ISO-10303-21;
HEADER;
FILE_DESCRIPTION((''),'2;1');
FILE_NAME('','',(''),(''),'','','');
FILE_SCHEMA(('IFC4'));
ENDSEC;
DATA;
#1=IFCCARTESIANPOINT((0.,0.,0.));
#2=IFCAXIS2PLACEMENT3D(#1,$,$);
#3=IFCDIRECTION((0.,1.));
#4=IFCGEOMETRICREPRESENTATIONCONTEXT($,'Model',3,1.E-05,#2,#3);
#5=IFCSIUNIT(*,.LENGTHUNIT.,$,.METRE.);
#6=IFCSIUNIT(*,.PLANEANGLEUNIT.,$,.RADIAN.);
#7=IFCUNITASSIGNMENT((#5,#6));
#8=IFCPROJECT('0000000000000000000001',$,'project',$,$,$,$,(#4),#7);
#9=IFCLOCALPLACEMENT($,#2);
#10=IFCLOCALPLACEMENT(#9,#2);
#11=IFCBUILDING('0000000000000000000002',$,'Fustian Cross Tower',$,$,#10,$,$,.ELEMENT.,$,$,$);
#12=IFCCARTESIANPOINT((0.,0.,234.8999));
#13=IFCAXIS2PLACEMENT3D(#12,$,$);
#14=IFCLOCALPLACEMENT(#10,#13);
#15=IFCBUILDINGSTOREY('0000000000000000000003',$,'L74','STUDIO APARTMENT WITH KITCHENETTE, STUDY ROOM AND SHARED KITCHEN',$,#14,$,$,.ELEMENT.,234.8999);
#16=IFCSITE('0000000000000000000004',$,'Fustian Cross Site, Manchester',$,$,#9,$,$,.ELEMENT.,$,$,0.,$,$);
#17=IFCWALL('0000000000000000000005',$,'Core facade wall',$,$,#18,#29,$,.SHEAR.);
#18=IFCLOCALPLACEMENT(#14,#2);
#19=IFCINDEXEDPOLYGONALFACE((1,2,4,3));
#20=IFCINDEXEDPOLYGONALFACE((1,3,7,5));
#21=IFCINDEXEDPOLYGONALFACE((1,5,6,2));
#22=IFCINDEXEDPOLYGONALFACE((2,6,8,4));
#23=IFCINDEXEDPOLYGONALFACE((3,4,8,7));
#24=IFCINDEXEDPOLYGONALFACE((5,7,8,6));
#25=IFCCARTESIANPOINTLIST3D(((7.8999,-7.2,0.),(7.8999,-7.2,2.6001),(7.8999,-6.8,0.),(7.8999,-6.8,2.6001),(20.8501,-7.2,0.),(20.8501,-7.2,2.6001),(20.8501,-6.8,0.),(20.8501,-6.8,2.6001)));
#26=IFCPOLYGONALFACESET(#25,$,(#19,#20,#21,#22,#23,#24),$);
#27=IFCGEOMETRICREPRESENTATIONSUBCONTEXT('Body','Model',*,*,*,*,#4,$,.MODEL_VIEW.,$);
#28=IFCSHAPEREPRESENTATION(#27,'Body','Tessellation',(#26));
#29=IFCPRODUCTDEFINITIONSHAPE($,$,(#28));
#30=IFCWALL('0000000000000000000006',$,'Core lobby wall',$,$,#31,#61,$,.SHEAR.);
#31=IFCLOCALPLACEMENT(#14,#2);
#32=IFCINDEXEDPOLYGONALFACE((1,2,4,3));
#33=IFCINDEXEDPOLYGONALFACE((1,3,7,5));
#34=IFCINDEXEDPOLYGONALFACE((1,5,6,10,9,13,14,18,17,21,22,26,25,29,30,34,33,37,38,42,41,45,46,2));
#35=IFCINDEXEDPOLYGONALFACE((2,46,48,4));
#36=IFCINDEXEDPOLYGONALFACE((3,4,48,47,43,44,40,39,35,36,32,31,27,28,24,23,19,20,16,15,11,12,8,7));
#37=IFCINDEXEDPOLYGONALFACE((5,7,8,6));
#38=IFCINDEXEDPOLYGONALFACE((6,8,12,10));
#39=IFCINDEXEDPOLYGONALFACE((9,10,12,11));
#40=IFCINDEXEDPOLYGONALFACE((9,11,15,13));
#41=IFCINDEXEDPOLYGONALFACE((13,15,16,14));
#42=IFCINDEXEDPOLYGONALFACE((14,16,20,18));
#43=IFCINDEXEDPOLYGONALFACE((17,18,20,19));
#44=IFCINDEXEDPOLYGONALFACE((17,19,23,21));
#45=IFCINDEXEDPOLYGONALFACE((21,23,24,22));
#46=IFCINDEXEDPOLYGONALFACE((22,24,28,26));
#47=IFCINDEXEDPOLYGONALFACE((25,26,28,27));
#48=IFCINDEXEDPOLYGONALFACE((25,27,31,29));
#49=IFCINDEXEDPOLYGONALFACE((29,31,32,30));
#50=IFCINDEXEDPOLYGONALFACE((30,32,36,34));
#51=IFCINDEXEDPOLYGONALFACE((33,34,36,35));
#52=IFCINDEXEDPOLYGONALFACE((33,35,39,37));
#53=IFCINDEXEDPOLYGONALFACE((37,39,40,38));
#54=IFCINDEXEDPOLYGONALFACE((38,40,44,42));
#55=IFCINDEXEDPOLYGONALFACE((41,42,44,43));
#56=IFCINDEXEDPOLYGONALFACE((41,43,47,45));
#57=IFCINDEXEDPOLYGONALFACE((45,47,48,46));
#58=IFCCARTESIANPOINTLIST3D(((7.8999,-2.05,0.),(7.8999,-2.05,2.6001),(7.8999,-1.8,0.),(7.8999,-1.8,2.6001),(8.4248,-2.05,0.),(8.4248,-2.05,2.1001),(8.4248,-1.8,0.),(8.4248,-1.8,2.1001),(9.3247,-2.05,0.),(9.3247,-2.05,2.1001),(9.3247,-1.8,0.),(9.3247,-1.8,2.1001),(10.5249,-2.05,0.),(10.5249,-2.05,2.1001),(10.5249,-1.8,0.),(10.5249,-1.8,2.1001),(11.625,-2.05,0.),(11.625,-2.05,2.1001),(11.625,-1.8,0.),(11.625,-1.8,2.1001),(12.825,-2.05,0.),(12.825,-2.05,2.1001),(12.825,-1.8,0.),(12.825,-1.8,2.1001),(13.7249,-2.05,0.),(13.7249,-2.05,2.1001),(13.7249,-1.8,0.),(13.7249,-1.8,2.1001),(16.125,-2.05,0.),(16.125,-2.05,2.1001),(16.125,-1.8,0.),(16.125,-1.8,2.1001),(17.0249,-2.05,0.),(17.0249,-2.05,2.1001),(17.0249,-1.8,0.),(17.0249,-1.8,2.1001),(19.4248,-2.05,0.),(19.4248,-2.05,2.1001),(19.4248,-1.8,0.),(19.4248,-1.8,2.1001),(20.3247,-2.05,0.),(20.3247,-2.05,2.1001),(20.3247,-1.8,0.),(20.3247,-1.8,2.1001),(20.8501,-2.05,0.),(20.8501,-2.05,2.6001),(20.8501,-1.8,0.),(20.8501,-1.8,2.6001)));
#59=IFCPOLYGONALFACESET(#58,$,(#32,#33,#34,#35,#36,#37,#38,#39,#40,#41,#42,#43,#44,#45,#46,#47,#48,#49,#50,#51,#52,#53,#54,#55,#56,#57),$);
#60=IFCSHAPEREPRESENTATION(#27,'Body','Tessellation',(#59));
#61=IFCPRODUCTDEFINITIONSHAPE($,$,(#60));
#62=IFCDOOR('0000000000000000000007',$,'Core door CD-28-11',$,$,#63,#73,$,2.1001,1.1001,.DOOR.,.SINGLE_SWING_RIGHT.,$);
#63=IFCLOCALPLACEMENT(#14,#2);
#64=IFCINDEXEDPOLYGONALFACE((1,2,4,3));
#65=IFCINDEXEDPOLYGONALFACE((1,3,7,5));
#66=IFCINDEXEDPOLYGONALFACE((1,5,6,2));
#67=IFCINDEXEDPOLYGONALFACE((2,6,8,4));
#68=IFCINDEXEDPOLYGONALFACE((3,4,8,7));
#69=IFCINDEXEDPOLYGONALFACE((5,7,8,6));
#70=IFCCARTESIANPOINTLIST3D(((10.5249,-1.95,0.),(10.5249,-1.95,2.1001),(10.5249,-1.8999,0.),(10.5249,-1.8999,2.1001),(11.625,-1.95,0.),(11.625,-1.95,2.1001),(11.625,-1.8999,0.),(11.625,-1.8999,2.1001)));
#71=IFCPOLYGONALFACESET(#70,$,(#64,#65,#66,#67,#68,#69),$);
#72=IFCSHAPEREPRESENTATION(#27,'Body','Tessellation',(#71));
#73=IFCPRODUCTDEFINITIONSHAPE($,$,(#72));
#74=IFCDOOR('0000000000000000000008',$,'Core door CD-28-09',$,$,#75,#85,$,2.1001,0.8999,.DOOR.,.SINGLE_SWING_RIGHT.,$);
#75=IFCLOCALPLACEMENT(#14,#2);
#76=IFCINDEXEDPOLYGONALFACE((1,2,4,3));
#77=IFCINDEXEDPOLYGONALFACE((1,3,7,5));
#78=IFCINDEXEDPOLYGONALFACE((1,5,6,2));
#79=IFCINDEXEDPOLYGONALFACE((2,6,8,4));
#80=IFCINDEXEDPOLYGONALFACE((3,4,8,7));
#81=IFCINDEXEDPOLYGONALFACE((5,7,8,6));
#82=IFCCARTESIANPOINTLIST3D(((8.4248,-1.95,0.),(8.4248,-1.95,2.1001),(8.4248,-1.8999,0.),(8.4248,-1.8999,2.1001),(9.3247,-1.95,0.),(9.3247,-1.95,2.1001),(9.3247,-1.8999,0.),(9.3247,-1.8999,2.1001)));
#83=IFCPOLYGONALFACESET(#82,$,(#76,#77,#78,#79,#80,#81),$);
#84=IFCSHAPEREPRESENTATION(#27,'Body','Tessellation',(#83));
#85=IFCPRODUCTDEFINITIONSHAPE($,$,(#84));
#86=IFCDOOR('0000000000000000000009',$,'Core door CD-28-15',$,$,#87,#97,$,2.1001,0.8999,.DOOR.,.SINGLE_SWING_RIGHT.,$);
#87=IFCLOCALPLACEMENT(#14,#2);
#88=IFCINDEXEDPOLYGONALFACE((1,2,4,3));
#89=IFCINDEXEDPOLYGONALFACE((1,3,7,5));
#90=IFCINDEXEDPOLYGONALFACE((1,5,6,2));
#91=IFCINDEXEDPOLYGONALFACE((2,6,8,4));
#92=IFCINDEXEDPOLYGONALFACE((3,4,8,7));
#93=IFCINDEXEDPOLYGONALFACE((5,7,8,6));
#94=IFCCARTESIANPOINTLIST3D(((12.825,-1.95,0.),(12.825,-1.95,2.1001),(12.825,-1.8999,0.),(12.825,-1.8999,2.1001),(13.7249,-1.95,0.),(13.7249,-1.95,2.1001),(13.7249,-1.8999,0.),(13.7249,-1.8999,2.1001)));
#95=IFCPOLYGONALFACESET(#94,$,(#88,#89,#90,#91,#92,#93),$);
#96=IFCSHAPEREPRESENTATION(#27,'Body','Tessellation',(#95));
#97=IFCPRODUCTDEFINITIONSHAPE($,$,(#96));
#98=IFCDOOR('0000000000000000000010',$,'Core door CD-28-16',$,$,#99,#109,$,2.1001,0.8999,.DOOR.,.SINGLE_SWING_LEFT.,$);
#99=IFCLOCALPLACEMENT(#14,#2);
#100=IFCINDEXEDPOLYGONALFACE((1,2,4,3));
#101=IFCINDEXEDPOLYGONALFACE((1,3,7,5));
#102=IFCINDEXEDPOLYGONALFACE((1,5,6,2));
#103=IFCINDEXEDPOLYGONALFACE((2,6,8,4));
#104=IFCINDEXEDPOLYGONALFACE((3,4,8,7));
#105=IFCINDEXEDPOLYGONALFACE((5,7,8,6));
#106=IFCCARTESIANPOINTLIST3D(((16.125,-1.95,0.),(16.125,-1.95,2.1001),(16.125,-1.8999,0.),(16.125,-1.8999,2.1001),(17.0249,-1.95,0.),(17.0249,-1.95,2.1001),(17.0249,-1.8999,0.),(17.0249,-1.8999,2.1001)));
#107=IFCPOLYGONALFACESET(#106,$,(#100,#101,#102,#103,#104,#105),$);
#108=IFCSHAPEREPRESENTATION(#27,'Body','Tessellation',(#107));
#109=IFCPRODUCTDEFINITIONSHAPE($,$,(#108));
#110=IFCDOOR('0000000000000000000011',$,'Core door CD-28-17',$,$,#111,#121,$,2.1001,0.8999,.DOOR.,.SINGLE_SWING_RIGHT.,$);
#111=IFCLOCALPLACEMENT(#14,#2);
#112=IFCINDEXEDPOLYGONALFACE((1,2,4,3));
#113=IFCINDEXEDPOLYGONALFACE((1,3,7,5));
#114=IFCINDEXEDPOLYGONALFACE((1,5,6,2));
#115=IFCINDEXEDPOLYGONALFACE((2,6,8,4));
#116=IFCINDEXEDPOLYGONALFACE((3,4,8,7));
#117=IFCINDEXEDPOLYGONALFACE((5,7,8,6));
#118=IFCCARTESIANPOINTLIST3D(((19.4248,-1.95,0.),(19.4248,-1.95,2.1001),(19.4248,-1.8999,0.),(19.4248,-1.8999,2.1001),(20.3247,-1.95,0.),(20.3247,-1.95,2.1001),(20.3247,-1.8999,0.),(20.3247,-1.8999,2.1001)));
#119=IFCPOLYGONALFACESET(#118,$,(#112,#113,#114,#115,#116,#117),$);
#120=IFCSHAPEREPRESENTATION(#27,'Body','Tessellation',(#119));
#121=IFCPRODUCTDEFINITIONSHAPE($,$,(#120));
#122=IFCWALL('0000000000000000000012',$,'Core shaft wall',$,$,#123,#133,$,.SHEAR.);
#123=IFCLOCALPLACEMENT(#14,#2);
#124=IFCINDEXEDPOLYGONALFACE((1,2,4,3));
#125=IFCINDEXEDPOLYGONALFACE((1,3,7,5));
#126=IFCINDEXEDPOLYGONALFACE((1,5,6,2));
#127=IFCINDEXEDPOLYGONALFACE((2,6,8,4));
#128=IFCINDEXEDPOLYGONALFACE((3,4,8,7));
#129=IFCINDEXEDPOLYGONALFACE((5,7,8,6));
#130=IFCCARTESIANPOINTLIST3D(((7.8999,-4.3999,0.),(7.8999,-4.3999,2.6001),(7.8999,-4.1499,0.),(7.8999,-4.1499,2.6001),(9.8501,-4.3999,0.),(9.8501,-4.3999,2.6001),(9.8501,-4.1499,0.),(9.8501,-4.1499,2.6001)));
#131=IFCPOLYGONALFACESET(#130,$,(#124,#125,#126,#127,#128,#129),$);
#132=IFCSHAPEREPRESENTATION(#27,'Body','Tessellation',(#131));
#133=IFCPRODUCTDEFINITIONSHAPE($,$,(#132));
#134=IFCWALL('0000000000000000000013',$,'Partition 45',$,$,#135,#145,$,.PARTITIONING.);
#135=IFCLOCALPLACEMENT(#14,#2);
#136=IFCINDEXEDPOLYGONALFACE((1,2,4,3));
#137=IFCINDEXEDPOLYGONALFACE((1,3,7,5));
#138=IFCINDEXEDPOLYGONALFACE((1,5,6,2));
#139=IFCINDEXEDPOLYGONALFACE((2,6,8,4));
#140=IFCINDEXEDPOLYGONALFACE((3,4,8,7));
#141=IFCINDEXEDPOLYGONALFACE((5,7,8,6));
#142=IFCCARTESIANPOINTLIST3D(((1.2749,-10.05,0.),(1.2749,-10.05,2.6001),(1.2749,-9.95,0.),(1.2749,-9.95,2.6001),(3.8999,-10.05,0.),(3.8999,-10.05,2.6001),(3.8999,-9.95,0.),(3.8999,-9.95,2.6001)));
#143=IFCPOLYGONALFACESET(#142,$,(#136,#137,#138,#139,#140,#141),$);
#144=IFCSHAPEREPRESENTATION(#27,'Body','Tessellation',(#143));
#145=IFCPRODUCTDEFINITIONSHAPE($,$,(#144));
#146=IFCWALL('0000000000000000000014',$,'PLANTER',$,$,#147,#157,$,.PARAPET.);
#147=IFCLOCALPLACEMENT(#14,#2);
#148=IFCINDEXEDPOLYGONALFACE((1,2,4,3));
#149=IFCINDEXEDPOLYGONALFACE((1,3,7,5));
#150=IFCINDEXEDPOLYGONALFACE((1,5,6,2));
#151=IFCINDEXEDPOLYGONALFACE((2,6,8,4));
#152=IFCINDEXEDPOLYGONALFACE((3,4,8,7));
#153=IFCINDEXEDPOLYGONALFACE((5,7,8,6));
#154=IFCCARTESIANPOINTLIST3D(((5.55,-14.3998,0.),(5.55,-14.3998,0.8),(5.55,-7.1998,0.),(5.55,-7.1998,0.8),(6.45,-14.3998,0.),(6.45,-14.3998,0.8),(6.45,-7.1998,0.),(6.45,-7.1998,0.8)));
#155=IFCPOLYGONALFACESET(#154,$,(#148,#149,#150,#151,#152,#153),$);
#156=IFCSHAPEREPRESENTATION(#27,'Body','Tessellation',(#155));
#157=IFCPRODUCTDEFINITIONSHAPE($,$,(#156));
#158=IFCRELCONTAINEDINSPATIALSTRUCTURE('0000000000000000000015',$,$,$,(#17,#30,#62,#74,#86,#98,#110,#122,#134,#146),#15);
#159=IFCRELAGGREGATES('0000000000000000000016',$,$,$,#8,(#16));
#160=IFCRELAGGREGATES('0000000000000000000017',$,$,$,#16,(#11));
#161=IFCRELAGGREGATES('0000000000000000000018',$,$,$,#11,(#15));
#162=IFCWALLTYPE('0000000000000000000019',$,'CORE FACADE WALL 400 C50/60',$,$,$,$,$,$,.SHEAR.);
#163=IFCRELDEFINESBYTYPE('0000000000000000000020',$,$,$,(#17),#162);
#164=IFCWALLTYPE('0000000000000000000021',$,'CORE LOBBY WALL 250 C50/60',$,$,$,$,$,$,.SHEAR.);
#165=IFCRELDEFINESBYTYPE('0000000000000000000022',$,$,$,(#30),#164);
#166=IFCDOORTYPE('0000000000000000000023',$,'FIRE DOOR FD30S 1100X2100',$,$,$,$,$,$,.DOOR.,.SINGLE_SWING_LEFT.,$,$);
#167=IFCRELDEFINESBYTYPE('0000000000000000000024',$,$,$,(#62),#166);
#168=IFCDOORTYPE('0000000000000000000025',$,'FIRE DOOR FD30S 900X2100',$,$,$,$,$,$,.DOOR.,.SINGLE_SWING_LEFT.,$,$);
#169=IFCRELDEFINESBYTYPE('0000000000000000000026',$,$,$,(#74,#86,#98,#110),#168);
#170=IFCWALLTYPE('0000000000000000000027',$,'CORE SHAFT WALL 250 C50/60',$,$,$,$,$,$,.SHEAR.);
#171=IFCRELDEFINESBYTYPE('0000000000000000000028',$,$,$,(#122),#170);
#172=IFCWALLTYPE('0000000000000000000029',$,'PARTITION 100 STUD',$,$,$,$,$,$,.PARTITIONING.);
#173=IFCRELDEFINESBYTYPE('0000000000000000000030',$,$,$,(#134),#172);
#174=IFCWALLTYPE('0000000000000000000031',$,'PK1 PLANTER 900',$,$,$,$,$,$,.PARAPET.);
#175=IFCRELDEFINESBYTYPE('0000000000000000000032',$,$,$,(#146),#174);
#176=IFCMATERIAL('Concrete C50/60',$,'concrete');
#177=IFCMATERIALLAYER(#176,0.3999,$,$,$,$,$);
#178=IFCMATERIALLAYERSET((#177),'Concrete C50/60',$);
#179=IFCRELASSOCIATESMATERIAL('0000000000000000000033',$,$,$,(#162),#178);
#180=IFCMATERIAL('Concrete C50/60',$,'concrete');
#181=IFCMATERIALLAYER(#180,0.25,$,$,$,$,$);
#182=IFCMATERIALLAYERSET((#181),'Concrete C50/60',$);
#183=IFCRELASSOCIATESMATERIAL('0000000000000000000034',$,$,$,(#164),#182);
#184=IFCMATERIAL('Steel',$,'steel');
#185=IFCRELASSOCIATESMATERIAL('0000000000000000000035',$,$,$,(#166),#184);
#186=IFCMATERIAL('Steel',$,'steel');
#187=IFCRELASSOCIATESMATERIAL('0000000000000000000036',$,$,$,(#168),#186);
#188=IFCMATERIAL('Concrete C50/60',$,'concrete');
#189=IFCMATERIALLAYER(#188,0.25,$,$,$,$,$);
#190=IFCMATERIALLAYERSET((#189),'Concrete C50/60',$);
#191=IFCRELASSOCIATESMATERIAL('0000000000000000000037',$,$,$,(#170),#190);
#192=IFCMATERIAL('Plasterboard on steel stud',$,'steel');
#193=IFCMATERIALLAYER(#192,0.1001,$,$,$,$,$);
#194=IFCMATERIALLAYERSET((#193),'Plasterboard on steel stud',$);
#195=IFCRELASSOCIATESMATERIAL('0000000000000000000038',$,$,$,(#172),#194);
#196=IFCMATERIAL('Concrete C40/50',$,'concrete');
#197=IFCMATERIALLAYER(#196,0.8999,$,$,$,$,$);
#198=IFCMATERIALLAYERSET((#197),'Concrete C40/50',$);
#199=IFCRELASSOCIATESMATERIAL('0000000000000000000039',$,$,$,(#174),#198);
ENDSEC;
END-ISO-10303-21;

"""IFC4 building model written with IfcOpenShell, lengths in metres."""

from ifc_helpers import new_model, si_unit, direction, frame, frame_2d, origin, place, context, subcontext, project, spatial, rectangle, extrude, material, layer, layer_set, type_object, element, fill, save


model = new_model("IFC4")

# Units and contexts
model_context = context("Model", 3, precision=1e-05, world=origin(), true_north=direction((0.0, 1.0)))
body_context = subcontext(model_context, "Body", "Model", "MODEL_VIEW")
ifc_project = project(units=[si_unit("LENGTHUNIT", "METRE"), si_unit("PLANEANGLEUNIT", "RADIAN")], contexts=[model_context])

# Site, building, storey
site_placement = place(None, origin())
site = spatial("IfcSite", under=ifc_project, at=site_placement, Name="Fustian Cross Site, Manchester", CompositionType="ELEMENT", RefElevation=0.0)
building_placement = place(site_placement, origin())
building = spatial("IfcBuilding", under=site, at=building_placement, Name="Fustian Cross Tower", CompositionType="ELEMENT")
storey_placement = place(building_placement, frame((0.0, 0.0, 234.8999)))
storey = spatial("IfcBuildingStorey", under=building, at=storey_placement, Name="L74", Description="STUDIO APARTMENT WITH KITCHENETTE, STUDY ROOM AND SHARED KITCHEN", CompositionType="ELEMENT", Elevation=234.8999)

# Wall
ifc_material_1 = material(Name="Concrete C50/60", Category="concrete")
ifc_layer_1 = layer(ifc_material_1, 0.3999)
ifc_layer_set_1 = layer_set([ifc_layer_1], Name="Concrete C50/60")
wall_type_1 = type_object("IfcWallType", Name="CORE FACADE WALL 400 C50/60", PredefinedType="SHEAR", material=ifc_layer_set_1)
wall_1_placement = place(storey_placement, frame((7.8999, -7.0, 0.0), z_axis=(0.0, 0.0, 1.0), x_axis=(1.0, 0.0, 0.0)))
element("IfcWall", 1, at=wall_1_placement, inside=storey, type_object=wall_type_1, Name="Core facade wall", PredefinedType="SHEAR", context=body_context, shape_type="SweptSolid", body=[
    extrude(rectangle(XDim=12.9502, YDim=0.3999, at=frame_2d((6.4751, 0.0))), origin(), (0.0, 0.0, 1.0), 2.6001),
])

# Wall, openings, doors
ifc_material_2 = material(Name="Concrete C50/60", Category="concrete")
ifc_layer_2 = layer(ifc_material_2, 0.25)
ifc_layer_set_2 = layer_set([ifc_layer_2], Name="Concrete C50/60")
wall_type_2 = type_object("IfcWallType", Name="CORE LOBBY WALL 250 C50/60", PredefinedType="SHEAR", material=ifc_layer_set_2)
wall_2_placement = place(storey_placement, frame((7.8999, -1.925, 0.0), z_axis=(0.0, 0.0, 1.0), x_axis=(1.0, 0.0, 0.0)))
wall_2 = element("IfcWall", 2, at=wall_2_placement, inside=storey, type_object=wall_type_2, Name="Core lobby wall", PredefinedType="SHEAR", context=body_context, shape_type="SweptSolid", body=[
    extrude(rectangle(XDim=12.9502, YDim=0.25, at=frame_2d((6.4751, 0.0))), origin(), (0.0, 0.0, 1.0), 2.6001),
])
opening_1_placement = place(wall_2_placement, frame((0.5249, 0.0, 0.0)))
opening_1 = element("IfcOpeningElement", 3, at=opening_1_placement, cuts=wall_2, PredefinedType="OPENING", context=body_context, shape_type="SweptSolid", body=[
    extrude(rectangle(XDim=0.8999, YDim=2.1001, at=frame_2d((0.45, 1.05))), frame((0.0, 0.135, 0.0), z_axis=(0.0, -1.0, 0.0), x_axis=(1.0, 0.0, 0.0)), (0.0, 0.0, 1.0), 0.27),
])
opening_2_placement = place(wall_2_placement, frame((2.625, 0.0, 0.0)))
opening_2 = element("IfcOpeningElement", 4, at=opening_2_placement, cuts=wall_2, PredefinedType="OPENING", context=body_context, shape_type="SweptSolid", body=[
    extrude(rectangle(XDim=1.1001, YDim=2.1001, at=frame_2d((0.55, 1.05))), frame((0.0, 0.135, 0.0), z_axis=(0.0, -1.0, 0.0), x_axis=(1.0, 0.0, 0.0)), (0.0, 0.0, 1.0), 0.27),
])
opening_3_placement = place(wall_2_placement, frame((4.925, 0.0, 0.0)))
opening_3 = element("IfcOpeningElement", 5, at=opening_3_placement, cuts=wall_2, PredefinedType="OPENING", context=body_context, shape_type="SweptSolid", body=[
    extrude(rectangle(XDim=0.8999, YDim=2.1001, at=frame_2d((0.45, 1.05))), frame((0.0, 0.135, 0.0), z_axis=(0.0, -1.0, 0.0), x_axis=(1.0, 0.0, 0.0)), (0.0, 0.0, 1.0), 0.27),
])
opening_4_placement = place(wall_2_placement, frame((8.2251, 0.0, 0.0)))
opening_4 = element("IfcOpeningElement", 6, at=opening_4_placement, cuts=wall_2, PredefinedType="OPENING", context=body_context, shape_type="SweptSolid", body=[
    extrude(rectangle(XDim=0.8999, YDim=2.1001, at=frame_2d((0.45, 1.05))), frame((0.0, 0.135, 0.0), z_axis=(0.0, -1.0, 0.0), x_axis=(1.0, 0.0, 0.0)), (0.0, 0.0, 1.0), 0.27),
])
opening_5_placement = place(wall_2_placement, frame((11.5249, 0.0, 0.0)))
opening_5 = element("IfcOpeningElement", 7, at=opening_5_placement, cuts=wall_2, PredefinedType="OPENING", context=body_context, shape_type="SweptSolid", body=[
    extrude(rectangle(XDim=0.8999, YDim=2.1001, at=frame_2d((0.45, 1.05))), frame((0.0, 0.135, 0.0), z_axis=(0.0, -1.0, 0.0), x_axis=(1.0, 0.0, 0.0)), (0.0, 0.0, 1.0), 0.27),
])
ifc_material_3 = material(Name="Steel", Category="steel")
door_type_1 = type_object("IfcDoorType", Name="FIRE DOOR FD30S 1100X2100", OperationType="SINGLE_SWING_LEFT", PredefinedType="DOOR", material=ifc_material_3)
door_1_placement = place(opening_2_placement, frame((1.1001, 0.0, 0.0), z_axis=(0.0, 0.0, 1.0), x_axis=(-1.0, 0.0, 0.0)))
door_1 = element("IfcDoor", 8, at=door_1_placement, inside=storey, type_object=door_type_1, Name="Core door CD-28-11", OperationType="SINGLE_SWING_RIGHT", OverallHeight=2.1001, OverallWidth=1.1001, PredefinedType="DOOR", context=body_context, shape_type="SweptSolid", body=[
    extrude(rectangle(XDim=1.1001, YDim=2.1001, at=frame_2d((0.55, 1.05))), frame((0.0, 0.0249, 0.0), z_axis=(0.0, -1.0, 0.0), x_axis=(1.0, 0.0, 0.0)), (0.0, 0.0, 1.0), 0.05),
])
fill(opening_2, door_1)
ifc_material_4 = material(Name="Steel", Category="steel")
door_type_2 = type_object("IfcDoorType", Name="FIRE DOOR FD30S 900X2100", OperationType="SINGLE_SWING_LEFT", PredefinedType="DOOR", material=ifc_material_4)
door_2_placement = place(opening_1_placement, frame((0.8999, 0.0, 0.0), z_axis=(0.0, 0.0, 1.0), x_axis=(-1.0, 0.0, 0.0)))
door_2 = element("IfcDoor", 9, at=door_2_placement, inside=storey, type_object=door_type_2, Name="Core door CD-28-09", OperationType="SINGLE_SWING_RIGHT", OverallHeight=2.1001, OverallWidth=0.8999, PredefinedType="DOOR", context=body_context, shape_type="SweptSolid", body=[
    extrude(rectangle(XDim=0.8999, YDim=2.1001, at=frame_2d((0.45, 1.05))), frame((0.0, 0.0249, 0.0), z_axis=(0.0, -1.0, 0.0), x_axis=(1.0, 0.0, 0.0)), (0.0, 0.0, 1.0), 0.05),
])
fill(opening_1, door_2)
door_3_placement = place(opening_3_placement, frame((0.8999, 0.0, 0.0), z_axis=(0.0, 0.0, 1.0), x_axis=(-1.0, 0.0, 0.0)))
door_3 = element("IfcDoor", 10, at=door_3_placement, inside=storey, type_object=door_type_2, Name="Core door CD-28-15", OperationType="SINGLE_SWING_RIGHT", OverallHeight=2.1001, OverallWidth=0.8999, PredefinedType="DOOR", context=body_context, shape_type="SweptSolid", body=[
    extrude(rectangle(XDim=0.8999, YDim=2.1001, at=frame_2d((0.45, 1.05))), frame((0.0, 0.0249, 0.0), z_axis=(0.0, -1.0, 0.0), x_axis=(1.0, 0.0, 0.0)), (0.0, 0.0, 1.0), 0.05),
])
fill(opening_3, door_3)
door_4_placement = place(opening_4_placement, frame((0.8999, 0.0, 0.0), z_axis=(0.0, 0.0, 1.0), x_axis=(-1.0, 0.0, 0.0)))
door_4 = element("IfcDoor", 11, at=door_4_placement, inside=storey, type_object=door_type_2, Name="Core door CD-28-16", OperationType="SINGLE_SWING_LEFT", OverallHeight=2.1001, OverallWidth=0.8999, PredefinedType="DOOR", context=body_context, shape_type="SweptSolid", body=[
    extrude(rectangle(XDim=0.8999, YDim=2.1001, at=frame_2d((0.45, 1.05))), frame((0.0, 0.0249, 0.0), z_axis=(0.0, -1.0, 0.0), x_axis=(1.0, 0.0, 0.0)), (0.0, 0.0, 1.0), 0.05),
])
fill(opening_4, door_4)
door_5_placement = place(opening_5_placement, frame((0.8999, 0.0, 0.0), z_axis=(0.0, 0.0, 1.0), x_axis=(-1.0, 0.0, 0.0)))
door_5 = element("IfcDoor", 12, at=door_5_placement, inside=storey, type_object=door_type_2, Name="Core door CD-28-17", OperationType="SINGLE_SWING_RIGHT", OverallHeight=2.1001, OverallWidth=0.8999, PredefinedType="DOOR", context=body_context, shape_type="SweptSolid", body=[
    extrude(rectangle(XDim=0.8999, YDim=2.1001, at=frame_2d((0.45, 1.05))), frame((0.0, 0.0249, 0.0), z_axis=(0.0, -1.0, 0.0), x_axis=(1.0, 0.0, 0.0)), (0.0, 0.0, 1.0), 0.05),
])
fill(opening_5, door_5)

# Walls
ifc_material_5 = material(Name="Concrete C50/60", Category="concrete")
ifc_layer_3 = layer(ifc_material_5, 0.25)
ifc_layer_set_3 = layer_set([ifc_layer_3], Name="Concrete C50/60")
wall_type_3 = type_object("IfcWallType", Name="CORE SHAFT WALL 250 C50/60", PredefinedType="SHEAR", material=ifc_layer_set_3)
wall_3_placement = place(storey_placement, frame((7.8999, -4.2749, 0.0), z_axis=(0.0, 0.0, 1.0), x_axis=(1.0, 0.0, 0.0)))
element("IfcWall", 13, at=wall_3_placement, inside=storey, type_object=wall_type_3, Name="Core shaft wall", PredefinedType="SHEAR", context=body_context, shape_type="SweptSolid", body=[
    extrude(rectangle(XDim=1.9502, YDim=0.25, at=frame_2d((0.9751, 0.0))), origin(), (0.0, 0.0, 1.0), 2.6001),
])
ifc_material_6 = material(Name="Plasterboard on steel stud", Category="steel")
ifc_layer_4 = layer(ifc_material_6, 0.1001)
ifc_layer_set_4 = layer_set([ifc_layer_4], Name="Plasterboard on steel stud")
wall_type_4 = type_object("IfcWallType", Name="PARTITION 100 STUD", PredefinedType="PARTITIONING", material=ifc_layer_set_4)
wall_4_placement = place(storey_placement, frame((1.2749, -10.0, 0.0), z_axis=(0.0, 0.0, 1.0), x_axis=(1.0, 0.0, 0.0)))
element("IfcWall", 14, at=wall_4_placement, inside=storey, type_object=wall_type_4, Name="Partition 45", PredefinedType="PARTITIONING", context=body_context, shape_type="SweptSolid", body=[
    extrude(rectangle(XDim=2.625, YDim=0.1001, at=frame_2d((1.3125, 0.0))), origin(), (0.0, 0.0, 1.0), 2.6001),
])
ifc_material_7 = material(Name="Concrete C40/50", Category="concrete")
ifc_layer_5 = layer(ifc_material_7, 0.8999)
ifc_layer_set_5 = layer_set([ifc_layer_5], Name="Concrete C40/50")
wall_type_5 = type_object("IfcWallType", Name="PK1 PLANTER 900", PredefinedType="PARAPET", material=ifc_layer_set_5)
wall_5_placement = place(storey_placement, frame((6.0, -14.3999, 0.0), z_axis=(0.0, 0.0, 1.0), x_axis=(0.0, 1.0, 0.0)))
element("IfcWall", 15, at=wall_5_placement, inside=storey, type_object=wall_type_5, Name="PLANTER", PredefinedType="PARAPET", context=body_context, shape_type="SweptSolid", body=[
    extrude(rectangle(XDim=7.2, YDim=0.8999, at=frame_2d((3.6001, 0.0))), origin(), (0.0, 0.0, 1.0), 0.8),
])

save(model, "model.ifc")
